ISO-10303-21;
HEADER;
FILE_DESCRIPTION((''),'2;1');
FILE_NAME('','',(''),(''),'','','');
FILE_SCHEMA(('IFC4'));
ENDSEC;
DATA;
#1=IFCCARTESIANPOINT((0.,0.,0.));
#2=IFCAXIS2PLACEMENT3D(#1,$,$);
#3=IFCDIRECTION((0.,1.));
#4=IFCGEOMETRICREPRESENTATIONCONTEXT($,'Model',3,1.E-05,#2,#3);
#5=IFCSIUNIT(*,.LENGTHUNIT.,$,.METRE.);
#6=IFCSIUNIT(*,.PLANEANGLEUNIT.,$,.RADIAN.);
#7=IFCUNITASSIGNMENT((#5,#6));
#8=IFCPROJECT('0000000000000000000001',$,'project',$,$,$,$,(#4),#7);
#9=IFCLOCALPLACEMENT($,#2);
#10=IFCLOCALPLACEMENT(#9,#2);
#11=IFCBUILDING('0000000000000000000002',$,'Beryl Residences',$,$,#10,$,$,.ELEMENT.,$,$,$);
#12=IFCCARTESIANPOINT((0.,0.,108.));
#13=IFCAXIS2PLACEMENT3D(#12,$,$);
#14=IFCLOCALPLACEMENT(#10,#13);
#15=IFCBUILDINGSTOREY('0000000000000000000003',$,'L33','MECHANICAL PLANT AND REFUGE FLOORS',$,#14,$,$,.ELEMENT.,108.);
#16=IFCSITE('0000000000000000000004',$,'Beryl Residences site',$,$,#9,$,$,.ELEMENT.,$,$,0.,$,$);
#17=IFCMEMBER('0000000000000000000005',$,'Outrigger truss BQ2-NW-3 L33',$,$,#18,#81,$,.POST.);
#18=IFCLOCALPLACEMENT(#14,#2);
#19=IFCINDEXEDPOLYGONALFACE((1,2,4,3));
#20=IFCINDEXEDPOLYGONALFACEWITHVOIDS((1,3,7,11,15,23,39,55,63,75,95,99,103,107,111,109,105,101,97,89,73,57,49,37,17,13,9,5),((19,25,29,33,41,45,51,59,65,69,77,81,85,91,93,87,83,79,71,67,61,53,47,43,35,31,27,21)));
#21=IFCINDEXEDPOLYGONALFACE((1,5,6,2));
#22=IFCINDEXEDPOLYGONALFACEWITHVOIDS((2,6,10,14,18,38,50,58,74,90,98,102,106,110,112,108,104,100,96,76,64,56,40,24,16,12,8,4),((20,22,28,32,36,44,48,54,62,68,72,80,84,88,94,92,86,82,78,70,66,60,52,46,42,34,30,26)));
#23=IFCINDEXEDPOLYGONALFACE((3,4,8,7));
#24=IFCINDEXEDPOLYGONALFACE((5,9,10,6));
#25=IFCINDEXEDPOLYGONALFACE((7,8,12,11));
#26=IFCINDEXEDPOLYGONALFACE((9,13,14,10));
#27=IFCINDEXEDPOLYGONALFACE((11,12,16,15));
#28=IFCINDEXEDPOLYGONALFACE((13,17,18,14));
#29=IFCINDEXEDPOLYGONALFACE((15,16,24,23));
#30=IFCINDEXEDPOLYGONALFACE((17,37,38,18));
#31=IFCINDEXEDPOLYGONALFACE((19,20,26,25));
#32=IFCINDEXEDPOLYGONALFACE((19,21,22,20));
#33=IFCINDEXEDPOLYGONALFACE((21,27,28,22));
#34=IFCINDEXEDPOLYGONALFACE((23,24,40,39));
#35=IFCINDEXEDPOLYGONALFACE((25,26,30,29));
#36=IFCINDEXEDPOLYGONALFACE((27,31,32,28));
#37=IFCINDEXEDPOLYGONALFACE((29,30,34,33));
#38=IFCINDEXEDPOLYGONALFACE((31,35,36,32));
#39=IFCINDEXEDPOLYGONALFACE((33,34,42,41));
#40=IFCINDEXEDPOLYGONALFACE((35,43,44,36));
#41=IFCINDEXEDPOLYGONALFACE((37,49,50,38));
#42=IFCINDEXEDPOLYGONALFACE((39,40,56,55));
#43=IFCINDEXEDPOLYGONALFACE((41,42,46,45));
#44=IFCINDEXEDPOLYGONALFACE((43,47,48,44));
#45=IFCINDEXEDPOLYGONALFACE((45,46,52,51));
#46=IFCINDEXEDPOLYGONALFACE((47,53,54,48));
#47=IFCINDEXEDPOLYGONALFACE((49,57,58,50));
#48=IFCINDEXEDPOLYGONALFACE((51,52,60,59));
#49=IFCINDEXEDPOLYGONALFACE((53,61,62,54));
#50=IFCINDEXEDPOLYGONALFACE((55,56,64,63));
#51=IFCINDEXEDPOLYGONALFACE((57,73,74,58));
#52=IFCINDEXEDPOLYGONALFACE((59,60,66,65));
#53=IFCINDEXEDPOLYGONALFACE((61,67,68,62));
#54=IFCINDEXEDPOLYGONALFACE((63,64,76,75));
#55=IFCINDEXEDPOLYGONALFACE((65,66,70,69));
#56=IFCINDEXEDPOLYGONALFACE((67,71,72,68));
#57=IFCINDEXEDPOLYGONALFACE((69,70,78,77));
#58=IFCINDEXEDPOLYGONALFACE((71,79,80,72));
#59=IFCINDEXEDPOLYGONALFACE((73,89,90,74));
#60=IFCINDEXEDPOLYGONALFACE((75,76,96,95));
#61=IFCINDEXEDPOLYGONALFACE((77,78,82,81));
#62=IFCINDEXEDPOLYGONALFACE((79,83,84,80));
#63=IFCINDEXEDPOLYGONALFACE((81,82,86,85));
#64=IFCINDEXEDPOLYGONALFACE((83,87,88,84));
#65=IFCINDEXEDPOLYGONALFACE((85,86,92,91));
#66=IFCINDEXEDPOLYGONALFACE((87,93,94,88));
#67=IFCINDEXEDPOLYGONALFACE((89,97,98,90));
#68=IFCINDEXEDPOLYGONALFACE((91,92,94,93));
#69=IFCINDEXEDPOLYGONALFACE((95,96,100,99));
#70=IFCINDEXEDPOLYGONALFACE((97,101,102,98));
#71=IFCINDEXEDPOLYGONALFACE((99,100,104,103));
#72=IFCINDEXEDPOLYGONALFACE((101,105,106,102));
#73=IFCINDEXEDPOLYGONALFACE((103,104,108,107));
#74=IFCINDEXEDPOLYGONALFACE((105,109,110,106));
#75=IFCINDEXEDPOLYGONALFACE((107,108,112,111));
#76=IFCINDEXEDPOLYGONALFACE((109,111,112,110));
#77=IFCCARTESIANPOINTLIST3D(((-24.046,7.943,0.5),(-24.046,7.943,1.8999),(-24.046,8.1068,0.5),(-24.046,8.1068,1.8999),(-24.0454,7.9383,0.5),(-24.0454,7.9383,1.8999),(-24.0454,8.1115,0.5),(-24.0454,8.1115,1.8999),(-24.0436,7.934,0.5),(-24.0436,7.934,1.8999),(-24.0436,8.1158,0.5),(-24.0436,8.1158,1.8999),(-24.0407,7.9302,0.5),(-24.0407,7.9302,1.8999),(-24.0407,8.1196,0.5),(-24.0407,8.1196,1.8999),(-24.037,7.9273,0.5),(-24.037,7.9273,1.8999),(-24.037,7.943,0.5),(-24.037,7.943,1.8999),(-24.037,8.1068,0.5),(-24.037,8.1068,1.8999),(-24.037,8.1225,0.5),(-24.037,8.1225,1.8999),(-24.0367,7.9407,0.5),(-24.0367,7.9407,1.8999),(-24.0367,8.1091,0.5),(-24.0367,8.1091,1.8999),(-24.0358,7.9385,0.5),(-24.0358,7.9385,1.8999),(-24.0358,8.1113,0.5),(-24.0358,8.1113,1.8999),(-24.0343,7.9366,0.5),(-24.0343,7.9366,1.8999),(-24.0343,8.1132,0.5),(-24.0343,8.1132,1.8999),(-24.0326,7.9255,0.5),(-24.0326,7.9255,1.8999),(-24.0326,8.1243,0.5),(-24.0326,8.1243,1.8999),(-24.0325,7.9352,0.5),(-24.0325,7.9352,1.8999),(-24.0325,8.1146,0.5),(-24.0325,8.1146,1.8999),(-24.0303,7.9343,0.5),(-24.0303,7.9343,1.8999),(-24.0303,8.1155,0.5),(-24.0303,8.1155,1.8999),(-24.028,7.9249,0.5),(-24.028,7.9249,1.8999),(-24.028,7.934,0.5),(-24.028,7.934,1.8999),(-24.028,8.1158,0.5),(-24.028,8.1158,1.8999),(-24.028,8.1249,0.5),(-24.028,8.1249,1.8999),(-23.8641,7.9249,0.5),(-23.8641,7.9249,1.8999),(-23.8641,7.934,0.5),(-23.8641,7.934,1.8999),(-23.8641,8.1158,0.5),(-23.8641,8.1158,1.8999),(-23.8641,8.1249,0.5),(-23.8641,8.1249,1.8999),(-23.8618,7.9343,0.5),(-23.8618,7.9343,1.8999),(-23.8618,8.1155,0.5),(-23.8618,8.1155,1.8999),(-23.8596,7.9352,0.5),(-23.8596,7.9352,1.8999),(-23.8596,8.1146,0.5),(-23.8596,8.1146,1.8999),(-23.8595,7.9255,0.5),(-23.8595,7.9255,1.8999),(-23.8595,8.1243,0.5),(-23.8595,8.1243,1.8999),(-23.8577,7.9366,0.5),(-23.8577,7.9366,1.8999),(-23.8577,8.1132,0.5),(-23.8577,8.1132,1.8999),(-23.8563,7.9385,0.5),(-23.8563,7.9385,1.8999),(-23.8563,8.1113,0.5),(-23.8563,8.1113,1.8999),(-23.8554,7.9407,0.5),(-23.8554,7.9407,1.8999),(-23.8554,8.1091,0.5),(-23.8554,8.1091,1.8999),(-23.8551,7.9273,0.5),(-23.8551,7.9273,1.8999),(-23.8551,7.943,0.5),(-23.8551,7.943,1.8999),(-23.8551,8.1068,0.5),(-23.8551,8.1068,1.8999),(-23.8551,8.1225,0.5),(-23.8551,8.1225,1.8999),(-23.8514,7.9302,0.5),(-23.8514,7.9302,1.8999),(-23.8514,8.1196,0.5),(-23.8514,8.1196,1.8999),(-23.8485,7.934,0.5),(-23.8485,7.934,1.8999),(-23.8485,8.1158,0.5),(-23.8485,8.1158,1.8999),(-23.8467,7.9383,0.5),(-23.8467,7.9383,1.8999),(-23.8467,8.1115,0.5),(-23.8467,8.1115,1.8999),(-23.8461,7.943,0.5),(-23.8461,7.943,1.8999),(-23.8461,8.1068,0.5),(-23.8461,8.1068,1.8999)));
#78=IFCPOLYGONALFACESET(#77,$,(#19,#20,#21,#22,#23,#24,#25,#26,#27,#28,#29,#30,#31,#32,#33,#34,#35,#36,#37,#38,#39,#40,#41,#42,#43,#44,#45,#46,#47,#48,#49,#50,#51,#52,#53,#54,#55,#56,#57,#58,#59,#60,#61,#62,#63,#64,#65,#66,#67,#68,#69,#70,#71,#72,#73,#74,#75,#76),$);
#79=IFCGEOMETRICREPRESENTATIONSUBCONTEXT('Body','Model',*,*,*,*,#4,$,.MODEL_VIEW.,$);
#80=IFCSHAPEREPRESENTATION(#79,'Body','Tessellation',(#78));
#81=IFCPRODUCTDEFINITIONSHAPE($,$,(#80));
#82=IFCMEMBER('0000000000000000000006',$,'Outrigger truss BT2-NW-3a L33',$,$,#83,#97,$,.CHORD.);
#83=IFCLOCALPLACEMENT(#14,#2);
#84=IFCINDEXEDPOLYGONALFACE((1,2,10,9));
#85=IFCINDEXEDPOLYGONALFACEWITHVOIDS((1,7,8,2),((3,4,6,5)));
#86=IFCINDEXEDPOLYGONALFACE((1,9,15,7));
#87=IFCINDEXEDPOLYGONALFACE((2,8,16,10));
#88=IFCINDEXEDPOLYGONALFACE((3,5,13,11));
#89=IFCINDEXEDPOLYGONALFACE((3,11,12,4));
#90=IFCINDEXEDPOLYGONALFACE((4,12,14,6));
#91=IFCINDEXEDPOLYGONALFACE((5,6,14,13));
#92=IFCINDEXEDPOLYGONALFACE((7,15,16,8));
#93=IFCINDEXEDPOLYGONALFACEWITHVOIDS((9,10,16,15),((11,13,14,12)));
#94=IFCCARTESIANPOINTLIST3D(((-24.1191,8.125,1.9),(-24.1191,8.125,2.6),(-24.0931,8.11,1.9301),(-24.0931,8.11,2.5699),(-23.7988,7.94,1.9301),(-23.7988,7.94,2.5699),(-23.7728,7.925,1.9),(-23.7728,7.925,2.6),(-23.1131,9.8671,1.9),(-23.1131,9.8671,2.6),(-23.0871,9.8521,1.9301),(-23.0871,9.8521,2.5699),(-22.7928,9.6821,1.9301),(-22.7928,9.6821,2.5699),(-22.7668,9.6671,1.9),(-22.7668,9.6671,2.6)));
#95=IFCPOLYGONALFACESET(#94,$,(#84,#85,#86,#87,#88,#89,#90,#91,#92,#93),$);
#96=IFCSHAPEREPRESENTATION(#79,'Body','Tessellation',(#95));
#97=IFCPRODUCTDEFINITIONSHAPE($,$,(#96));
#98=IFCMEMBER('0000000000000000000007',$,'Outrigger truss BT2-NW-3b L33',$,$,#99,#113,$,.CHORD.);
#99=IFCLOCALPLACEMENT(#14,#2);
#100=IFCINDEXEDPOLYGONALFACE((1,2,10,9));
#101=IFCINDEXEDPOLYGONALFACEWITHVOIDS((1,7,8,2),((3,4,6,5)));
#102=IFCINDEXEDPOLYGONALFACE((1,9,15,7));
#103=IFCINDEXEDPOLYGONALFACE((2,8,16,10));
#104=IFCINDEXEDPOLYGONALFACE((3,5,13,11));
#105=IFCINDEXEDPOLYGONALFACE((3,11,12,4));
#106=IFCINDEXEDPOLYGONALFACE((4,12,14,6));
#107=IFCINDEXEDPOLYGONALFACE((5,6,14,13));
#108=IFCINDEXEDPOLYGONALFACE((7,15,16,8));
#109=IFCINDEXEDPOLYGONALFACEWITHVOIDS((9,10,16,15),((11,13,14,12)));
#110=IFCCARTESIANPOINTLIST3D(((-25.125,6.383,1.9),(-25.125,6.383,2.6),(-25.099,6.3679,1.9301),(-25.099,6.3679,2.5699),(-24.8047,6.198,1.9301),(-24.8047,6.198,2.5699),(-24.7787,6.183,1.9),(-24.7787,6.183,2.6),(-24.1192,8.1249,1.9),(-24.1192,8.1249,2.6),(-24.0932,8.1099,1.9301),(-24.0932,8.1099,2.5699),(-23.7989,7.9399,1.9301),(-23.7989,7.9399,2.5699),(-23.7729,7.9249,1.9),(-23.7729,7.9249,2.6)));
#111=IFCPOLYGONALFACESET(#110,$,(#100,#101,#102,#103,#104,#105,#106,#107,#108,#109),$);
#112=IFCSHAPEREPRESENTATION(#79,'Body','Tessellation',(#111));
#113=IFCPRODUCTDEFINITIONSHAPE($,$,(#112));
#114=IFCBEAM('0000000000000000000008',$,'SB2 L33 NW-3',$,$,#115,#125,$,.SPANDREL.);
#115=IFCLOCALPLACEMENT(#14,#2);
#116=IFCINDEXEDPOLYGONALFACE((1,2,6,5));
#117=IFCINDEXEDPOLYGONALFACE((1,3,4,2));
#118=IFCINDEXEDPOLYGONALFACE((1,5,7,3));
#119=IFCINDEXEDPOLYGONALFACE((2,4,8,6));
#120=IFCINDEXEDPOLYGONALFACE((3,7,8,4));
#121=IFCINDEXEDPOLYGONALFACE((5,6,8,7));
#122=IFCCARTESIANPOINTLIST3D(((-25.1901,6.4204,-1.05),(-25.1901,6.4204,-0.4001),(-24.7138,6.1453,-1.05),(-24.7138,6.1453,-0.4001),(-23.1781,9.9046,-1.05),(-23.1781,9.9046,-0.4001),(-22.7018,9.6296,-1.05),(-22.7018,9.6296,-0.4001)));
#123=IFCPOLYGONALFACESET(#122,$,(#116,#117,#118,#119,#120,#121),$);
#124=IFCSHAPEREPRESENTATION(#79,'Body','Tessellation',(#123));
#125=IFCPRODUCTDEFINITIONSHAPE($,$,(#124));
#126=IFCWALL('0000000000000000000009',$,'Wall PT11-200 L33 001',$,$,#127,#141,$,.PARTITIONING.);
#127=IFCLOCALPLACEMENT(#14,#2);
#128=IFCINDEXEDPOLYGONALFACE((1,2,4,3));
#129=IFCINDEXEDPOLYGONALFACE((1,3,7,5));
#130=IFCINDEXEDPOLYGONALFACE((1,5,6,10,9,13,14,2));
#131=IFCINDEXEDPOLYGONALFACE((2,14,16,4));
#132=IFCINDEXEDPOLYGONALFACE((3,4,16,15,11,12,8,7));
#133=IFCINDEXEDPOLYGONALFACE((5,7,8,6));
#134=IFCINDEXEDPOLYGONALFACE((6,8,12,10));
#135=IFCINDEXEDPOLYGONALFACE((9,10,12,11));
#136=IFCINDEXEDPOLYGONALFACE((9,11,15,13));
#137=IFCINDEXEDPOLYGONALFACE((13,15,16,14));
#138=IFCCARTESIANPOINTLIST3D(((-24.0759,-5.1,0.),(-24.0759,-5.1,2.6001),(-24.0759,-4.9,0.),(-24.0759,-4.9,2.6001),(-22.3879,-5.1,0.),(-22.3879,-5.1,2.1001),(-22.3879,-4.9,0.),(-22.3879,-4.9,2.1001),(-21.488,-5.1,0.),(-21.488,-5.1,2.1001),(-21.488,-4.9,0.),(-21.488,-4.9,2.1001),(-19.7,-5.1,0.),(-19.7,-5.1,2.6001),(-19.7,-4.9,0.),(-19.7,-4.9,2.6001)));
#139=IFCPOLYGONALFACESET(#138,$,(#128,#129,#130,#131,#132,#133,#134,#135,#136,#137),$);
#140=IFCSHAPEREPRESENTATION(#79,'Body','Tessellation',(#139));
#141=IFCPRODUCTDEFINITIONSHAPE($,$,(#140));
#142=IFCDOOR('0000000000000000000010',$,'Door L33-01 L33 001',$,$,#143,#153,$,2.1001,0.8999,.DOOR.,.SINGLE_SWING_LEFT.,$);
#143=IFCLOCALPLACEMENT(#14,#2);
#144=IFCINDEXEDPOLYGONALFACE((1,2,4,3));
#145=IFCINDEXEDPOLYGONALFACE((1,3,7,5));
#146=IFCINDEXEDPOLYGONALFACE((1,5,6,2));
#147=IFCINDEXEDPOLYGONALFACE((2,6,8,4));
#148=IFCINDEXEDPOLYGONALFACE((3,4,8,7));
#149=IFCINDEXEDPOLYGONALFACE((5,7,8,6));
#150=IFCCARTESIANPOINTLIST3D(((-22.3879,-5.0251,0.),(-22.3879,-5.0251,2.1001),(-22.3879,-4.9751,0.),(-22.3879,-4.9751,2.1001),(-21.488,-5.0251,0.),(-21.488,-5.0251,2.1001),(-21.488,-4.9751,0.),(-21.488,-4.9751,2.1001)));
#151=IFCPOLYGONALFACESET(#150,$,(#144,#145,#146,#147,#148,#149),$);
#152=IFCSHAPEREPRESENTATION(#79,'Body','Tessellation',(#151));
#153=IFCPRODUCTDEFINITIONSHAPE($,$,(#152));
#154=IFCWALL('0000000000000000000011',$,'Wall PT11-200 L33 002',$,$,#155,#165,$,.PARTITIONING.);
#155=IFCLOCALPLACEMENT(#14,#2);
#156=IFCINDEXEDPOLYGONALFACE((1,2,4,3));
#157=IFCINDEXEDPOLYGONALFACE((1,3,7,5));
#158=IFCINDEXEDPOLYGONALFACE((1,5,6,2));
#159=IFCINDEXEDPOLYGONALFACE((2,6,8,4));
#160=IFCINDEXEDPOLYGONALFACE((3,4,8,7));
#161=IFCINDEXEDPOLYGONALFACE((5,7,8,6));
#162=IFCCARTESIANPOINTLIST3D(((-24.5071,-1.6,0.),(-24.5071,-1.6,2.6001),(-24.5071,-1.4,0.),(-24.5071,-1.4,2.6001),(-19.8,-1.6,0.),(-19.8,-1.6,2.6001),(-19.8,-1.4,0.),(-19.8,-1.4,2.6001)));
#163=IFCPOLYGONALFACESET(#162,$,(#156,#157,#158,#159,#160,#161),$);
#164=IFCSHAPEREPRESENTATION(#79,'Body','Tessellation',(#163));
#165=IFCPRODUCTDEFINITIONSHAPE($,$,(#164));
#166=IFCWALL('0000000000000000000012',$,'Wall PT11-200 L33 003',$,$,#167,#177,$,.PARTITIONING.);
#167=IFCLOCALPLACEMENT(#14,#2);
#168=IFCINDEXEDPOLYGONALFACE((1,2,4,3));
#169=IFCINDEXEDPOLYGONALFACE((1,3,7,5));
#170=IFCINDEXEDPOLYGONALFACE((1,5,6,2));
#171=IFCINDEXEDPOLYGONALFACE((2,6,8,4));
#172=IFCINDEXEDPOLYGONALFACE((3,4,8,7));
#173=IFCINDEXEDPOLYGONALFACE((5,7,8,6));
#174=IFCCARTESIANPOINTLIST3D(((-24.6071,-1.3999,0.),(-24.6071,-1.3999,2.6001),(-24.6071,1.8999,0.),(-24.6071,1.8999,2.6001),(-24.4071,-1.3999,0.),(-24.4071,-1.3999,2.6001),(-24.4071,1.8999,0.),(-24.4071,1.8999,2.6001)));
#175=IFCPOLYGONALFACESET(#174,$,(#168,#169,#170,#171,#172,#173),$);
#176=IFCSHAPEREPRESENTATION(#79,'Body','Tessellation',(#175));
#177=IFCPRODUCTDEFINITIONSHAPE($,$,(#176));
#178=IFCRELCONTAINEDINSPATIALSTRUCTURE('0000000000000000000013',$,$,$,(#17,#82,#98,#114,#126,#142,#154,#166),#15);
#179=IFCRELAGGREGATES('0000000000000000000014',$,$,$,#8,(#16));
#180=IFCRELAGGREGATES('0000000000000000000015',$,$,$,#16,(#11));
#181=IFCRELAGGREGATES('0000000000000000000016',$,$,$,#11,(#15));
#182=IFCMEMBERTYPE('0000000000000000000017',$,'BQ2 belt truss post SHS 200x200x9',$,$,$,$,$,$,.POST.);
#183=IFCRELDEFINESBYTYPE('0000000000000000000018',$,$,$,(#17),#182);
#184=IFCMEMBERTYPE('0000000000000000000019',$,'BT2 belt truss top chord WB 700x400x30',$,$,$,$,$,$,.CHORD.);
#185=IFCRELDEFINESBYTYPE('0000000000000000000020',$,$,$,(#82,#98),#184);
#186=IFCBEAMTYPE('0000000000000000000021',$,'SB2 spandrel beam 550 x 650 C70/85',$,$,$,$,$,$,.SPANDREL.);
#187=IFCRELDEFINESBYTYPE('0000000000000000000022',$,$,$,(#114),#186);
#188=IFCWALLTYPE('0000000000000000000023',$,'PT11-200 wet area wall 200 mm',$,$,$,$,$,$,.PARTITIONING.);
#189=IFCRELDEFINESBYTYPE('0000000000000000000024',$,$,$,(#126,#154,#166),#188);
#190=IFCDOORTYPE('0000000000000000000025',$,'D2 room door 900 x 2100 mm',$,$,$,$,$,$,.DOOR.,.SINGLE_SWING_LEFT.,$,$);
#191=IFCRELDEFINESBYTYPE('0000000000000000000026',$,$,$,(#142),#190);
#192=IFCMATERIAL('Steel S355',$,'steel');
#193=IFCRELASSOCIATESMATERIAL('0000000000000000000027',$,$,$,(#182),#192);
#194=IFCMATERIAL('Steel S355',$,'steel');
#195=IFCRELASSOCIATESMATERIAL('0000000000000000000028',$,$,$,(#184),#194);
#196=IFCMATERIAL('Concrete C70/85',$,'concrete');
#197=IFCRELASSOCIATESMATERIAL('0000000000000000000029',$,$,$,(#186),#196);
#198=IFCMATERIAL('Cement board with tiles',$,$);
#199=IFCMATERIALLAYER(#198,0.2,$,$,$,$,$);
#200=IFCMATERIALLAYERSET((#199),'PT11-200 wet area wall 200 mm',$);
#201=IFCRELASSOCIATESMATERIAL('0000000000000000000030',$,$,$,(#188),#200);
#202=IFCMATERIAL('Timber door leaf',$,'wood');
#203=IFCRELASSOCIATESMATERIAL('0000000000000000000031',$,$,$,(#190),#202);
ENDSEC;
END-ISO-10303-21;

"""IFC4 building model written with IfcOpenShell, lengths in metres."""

from ifc_helpers import new_model, si_unit, direction, frame, frame_2d, origin, origin_2d, place, context, subcontext, project, spatial, rectangle, hollow_rectangle, extrude, material, layer, layer_set, material_profile, profile_set, type_object, element, fill, save


model = new_model("IFC4")

# Units and contexts
model_context = context("Model", 3, precision=1e-05, world=origin(), true_north=direction((0.0, 1.0)))
body_context = subcontext(model_context, "Body", "Model", "MODEL_VIEW")
ifc_project = project(units=[si_unit("LENGTHUNIT", "METRE"), si_unit("PLANEANGLEUNIT", "RADIAN")], contexts=[model_context])

# Site, building, storey
site_placement = place(None, origin())
site = spatial("IfcSite", under=ifc_project, at=site_placement, Name="Beryl Residences site", CompositionType="ELEMENT", RefElevation=0.0)
building_placement = place(site_placement, origin())
building = spatial("IfcBuilding", under=site, at=building_placement, Name="Beryl Residences", CompositionType="ELEMENT")
storey_placement = place(building_placement, frame((0.0, 0.0, 108.0)))
storey = spatial("IfcBuildingStorey", under=building, at=storey_placement, Name="L33", Description="MECHANICAL PLANT AND REFUGE FLOORS", CompositionType="ELEMENT", Elevation=108.0)

# Members
ifc_material_1 = material(Name="Steel S355", Category="steel")
ifc_material_profile_1 = material_profile(ifc_material_1, hollow_rectangle(XDim=0.2, YDim=0.2, WallThickness=0.009, InnerFilletRadius=0.009, OuterFilletRadius=0.0181, at=origin_2d()))
ifc_profile_set_1 = profile_set([ifc_material_profile_1], Name="Steel S355")
member_type_1 = type_object("IfcMemberType", Name="BQ2 belt truss post SHS 200x200x9", PredefinedType="POST", material=ifc_profile_set_1)
member_1_placement = place(storey_placement, frame((-23.946, 8.0249, 0.5), z_axis=(0.0, 0.0, 1.0), x_axis=(1.0, 0.0, 0.0)))
element("IfcMember", 1, at=member_1_placement, inside=storey, type_object=member_type_1, Name="Outrigger truss BQ2-NW-3 L33", PredefinedType="POST", context=body_context, shape_type="SweptSolid", body=[
    extrude(hollow_rectangle(XDim=0.2, YDim=0.2, WallThickness=0.009, InnerFilletRadius=0.009, OuterFilletRadius=0.0181, at=origin_2d()), origin(), (0.0, 0.0, 1.0), 1.3999),
])
ifc_material_2 = material(Name="Steel S355", Category="steel")
ifc_material_profile_2 = material_profile(ifc_material_2, hollow_rectangle(XDim=0.3999, YDim=0.7, WallThickness=0.03, at=origin_2d()))
ifc_profile_set_2 = profile_set([ifc_material_profile_2], Name="Steel S355")
member_type_2 = type_object("IfcMemberType", Name="BT2 belt truss top chord WB 700x400x30", PredefinedType="CHORD", material=ifc_profile_set_2)
member_2_placement = place(storey_placement, frame((-22.9399, 9.7671, 2.25), z_axis=(-0.500094, -0.865971, 0.0), x_axis=(0.865971, -0.500094, 0.0)))
element("IfcMember", 2, at=member_2_placement, inside=storey, type_object=member_type_2, Name="Outrigger truss BT2-NW-3a L33", PredefinedType="CHORD", context=body_context, shape_type="SweptSolid", body=[
    extrude(hollow_rectangle(XDim=0.3999, YDim=0.7, WallThickness=0.03, at=origin_2d()), origin(), (0.0, 0.0, 1.0), 2.0117),
])
member_3_placement = place(storey_placement, frame((-23.946, 8.0249, 2.25), z_axis=(-0.500055, -0.865994, 0.0), x_axis=(0.865994, -0.500055, 0.0)))
element("IfcMember", 3, at=member_3_placement, inside=storey, type_object=member_type_2, Name="Outrigger truss BT2-NW-3b L33", PredefinedType="CHORD", context=body_context, shape_type="SweptSolid", body=[
    extrude(hollow_rectangle(XDim=0.3999, YDim=0.7, WallThickness=0.03, at=origin_2d()), origin(), (0.0, 0.0, 1.0), 2.0115),
])

# Beam
ifc_material_3 = material(Name="Concrete C70/85", Category="concrete")
ifc_material_profile_3 = material_profile(ifc_material_3, rectangle(XDim=0.55, YDim=0.6499, at=origin_2d()))
ifc_profile_set_3 = profile_set([ifc_material_profile_3], Name="Concrete C70/85")
beam_type = type_object("IfcBeamType", Name="SB2 spandrel beam 550 x 650 C70/85", PredefinedType="SPANDREL", material=ifc_profile_set_3)
beam_placement = place(storey_placement, frame((-22.9399, 9.7671, -0.7251), z_axis=(-0.500074, -0.865982, 0.0), x_axis=(0.865982, -0.500074, 0.0)))
element("IfcBeam", 4, at=beam_placement, inside=storey, type_object=beam_type, Name="SB2 L33 NW-3", PredefinedType="SPANDREL", context=body_context, shape_type="SweptSolid", body=[
    extrude(rectangle(XDim=0.55, YDim=0.6499, at=origin_2d()), origin(), (0.0, 0.0, 1.0), 4.0234),
])

# Wall, opening, door
ifc_material_4 = material(Name="Cement board with tiles")
ifc_layer_1 = layer(ifc_material_4, 0.2)
ifc_layer_set_1 = layer_set([ifc_layer_1], Name="PT11-200 wet area wall 200 mm")
wall_type_1 = type_object("IfcWallType", Name="PT11-200 wet area wall 200 mm", PredefinedType="PARTITIONING", material=ifc_layer_set_1)
wall_1_placement = place(storey_placement, frame((-24.0759, -5.0, 0.0), z_axis=(0.0, 0.0, 1.0), x_axis=(1.0, 0.0, 0.0)))
wall_1 = element("IfcWall", 5, at=wall_1_placement, inside=storey, type_object=wall_type_1, Name="Wall PT11-200 L33 001", PredefinedType="PARTITIONING", context=body_context, shape_type="SweptSolid", body=[
    extrude(rectangle(XDim=4.376, YDim=0.2, at=frame_2d((2.188, 0.0))), origin(), (0.0, 0.0, 1.0), 2.6001),
])
opening_1_placement = place(wall_1_placement, frame((1.688, 0.0, 0.0)))
opening_1 = element("IfcOpeningElement", 6, at=opening_1_placement, cuts=wall_1, PredefinedType="OPENING", context=body_context, shape_type="SweptSolid", body=[
    extrude(rectangle(XDim=0.8999, YDim=2.1001, at=frame_2d((0.45, 1.05))), frame((0.0, 0.1099, 0.0), z_axis=(0.0, -1.0, 0.0), x_axis=(1.0, 0.0, 0.0)), (0.0, 0.0, 1.0), 0.22),
])
ifc_material_5 = material(Name="Timber door leaf", Category="wood")
door_type_1 = type_object("IfcDoorType", Name="D2 room door 900 x 2100 mm", OperationType="SINGLE_SWING_LEFT", PredefinedType="DOOR", material=ifc_material_5)
door_1_placement = place(opening_1_placement, origin())
door_1 = element("IfcDoor", 7, at=door_1_placement, inside=storey, type_object=door_type_1, Name="Door L33-01 L33 001", OperationType="SINGLE_SWING_LEFT", OverallHeight=2.1001, OverallWidth=0.8999, PredefinedType="DOOR", context=body_context, shape_type="SweptSolid", body=[
    extrude(rectangle(XDim=0.8999, YDim=2.1001, at=frame_2d((0.45, 1.05))), frame((0.0, 0.0249, 0.0), z_axis=(0.0, -1.0, 0.0), x_axis=(1.0, 0.0, 0.0)), (0.0, 0.0, 1.0), 0.05),
])
fill(opening_1, door_1)

# Walls
wall_2_placement = place(storey_placement, frame((-24.5071, -1.5, 0.0), z_axis=(0.0, 0.0, 1.0), x_axis=(1.0, 0.0, 0.0)))
element("IfcWall", 8, at=wall_2_placement, inside=storey, type_object=wall_type_1, Name="Wall PT11-200 L33 002", PredefinedType="PARTITIONING", context=body_context, shape_type="SweptSolid", body=[
    extrude(rectangle(XDim=4.707, YDim=0.2, at=frame_2d((2.3535, 0.0))), origin(), (0.0, 0.0, 1.0), 2.6001),
])
for number, where, z_axis, x_axis, name in (
    (9, (-24.5071, -1.3999, 0.0), (0.0, 0.0, 1.0), (0.0, 1.0, 0.0), "Wall PT11-200 L33 003"),
):
    element("IfcWall", number, at=place(storey_placement, frame(where, z_axis=z_axis, x_axis=x_axis)), inside=storey, type_object=wall_type_1, Name=name, PredefinedType="PARTITIONING", context=body_context, shape_type="SweptSolid", body=[
        extrude(rectangle(XDim=3.2998, YDim=0.2, at=frame_2d((1.6499, 0.0))), origin(), (0.0, 0.0, 1.0), 2.6001),
    ])

save(model, "model.ifc")
